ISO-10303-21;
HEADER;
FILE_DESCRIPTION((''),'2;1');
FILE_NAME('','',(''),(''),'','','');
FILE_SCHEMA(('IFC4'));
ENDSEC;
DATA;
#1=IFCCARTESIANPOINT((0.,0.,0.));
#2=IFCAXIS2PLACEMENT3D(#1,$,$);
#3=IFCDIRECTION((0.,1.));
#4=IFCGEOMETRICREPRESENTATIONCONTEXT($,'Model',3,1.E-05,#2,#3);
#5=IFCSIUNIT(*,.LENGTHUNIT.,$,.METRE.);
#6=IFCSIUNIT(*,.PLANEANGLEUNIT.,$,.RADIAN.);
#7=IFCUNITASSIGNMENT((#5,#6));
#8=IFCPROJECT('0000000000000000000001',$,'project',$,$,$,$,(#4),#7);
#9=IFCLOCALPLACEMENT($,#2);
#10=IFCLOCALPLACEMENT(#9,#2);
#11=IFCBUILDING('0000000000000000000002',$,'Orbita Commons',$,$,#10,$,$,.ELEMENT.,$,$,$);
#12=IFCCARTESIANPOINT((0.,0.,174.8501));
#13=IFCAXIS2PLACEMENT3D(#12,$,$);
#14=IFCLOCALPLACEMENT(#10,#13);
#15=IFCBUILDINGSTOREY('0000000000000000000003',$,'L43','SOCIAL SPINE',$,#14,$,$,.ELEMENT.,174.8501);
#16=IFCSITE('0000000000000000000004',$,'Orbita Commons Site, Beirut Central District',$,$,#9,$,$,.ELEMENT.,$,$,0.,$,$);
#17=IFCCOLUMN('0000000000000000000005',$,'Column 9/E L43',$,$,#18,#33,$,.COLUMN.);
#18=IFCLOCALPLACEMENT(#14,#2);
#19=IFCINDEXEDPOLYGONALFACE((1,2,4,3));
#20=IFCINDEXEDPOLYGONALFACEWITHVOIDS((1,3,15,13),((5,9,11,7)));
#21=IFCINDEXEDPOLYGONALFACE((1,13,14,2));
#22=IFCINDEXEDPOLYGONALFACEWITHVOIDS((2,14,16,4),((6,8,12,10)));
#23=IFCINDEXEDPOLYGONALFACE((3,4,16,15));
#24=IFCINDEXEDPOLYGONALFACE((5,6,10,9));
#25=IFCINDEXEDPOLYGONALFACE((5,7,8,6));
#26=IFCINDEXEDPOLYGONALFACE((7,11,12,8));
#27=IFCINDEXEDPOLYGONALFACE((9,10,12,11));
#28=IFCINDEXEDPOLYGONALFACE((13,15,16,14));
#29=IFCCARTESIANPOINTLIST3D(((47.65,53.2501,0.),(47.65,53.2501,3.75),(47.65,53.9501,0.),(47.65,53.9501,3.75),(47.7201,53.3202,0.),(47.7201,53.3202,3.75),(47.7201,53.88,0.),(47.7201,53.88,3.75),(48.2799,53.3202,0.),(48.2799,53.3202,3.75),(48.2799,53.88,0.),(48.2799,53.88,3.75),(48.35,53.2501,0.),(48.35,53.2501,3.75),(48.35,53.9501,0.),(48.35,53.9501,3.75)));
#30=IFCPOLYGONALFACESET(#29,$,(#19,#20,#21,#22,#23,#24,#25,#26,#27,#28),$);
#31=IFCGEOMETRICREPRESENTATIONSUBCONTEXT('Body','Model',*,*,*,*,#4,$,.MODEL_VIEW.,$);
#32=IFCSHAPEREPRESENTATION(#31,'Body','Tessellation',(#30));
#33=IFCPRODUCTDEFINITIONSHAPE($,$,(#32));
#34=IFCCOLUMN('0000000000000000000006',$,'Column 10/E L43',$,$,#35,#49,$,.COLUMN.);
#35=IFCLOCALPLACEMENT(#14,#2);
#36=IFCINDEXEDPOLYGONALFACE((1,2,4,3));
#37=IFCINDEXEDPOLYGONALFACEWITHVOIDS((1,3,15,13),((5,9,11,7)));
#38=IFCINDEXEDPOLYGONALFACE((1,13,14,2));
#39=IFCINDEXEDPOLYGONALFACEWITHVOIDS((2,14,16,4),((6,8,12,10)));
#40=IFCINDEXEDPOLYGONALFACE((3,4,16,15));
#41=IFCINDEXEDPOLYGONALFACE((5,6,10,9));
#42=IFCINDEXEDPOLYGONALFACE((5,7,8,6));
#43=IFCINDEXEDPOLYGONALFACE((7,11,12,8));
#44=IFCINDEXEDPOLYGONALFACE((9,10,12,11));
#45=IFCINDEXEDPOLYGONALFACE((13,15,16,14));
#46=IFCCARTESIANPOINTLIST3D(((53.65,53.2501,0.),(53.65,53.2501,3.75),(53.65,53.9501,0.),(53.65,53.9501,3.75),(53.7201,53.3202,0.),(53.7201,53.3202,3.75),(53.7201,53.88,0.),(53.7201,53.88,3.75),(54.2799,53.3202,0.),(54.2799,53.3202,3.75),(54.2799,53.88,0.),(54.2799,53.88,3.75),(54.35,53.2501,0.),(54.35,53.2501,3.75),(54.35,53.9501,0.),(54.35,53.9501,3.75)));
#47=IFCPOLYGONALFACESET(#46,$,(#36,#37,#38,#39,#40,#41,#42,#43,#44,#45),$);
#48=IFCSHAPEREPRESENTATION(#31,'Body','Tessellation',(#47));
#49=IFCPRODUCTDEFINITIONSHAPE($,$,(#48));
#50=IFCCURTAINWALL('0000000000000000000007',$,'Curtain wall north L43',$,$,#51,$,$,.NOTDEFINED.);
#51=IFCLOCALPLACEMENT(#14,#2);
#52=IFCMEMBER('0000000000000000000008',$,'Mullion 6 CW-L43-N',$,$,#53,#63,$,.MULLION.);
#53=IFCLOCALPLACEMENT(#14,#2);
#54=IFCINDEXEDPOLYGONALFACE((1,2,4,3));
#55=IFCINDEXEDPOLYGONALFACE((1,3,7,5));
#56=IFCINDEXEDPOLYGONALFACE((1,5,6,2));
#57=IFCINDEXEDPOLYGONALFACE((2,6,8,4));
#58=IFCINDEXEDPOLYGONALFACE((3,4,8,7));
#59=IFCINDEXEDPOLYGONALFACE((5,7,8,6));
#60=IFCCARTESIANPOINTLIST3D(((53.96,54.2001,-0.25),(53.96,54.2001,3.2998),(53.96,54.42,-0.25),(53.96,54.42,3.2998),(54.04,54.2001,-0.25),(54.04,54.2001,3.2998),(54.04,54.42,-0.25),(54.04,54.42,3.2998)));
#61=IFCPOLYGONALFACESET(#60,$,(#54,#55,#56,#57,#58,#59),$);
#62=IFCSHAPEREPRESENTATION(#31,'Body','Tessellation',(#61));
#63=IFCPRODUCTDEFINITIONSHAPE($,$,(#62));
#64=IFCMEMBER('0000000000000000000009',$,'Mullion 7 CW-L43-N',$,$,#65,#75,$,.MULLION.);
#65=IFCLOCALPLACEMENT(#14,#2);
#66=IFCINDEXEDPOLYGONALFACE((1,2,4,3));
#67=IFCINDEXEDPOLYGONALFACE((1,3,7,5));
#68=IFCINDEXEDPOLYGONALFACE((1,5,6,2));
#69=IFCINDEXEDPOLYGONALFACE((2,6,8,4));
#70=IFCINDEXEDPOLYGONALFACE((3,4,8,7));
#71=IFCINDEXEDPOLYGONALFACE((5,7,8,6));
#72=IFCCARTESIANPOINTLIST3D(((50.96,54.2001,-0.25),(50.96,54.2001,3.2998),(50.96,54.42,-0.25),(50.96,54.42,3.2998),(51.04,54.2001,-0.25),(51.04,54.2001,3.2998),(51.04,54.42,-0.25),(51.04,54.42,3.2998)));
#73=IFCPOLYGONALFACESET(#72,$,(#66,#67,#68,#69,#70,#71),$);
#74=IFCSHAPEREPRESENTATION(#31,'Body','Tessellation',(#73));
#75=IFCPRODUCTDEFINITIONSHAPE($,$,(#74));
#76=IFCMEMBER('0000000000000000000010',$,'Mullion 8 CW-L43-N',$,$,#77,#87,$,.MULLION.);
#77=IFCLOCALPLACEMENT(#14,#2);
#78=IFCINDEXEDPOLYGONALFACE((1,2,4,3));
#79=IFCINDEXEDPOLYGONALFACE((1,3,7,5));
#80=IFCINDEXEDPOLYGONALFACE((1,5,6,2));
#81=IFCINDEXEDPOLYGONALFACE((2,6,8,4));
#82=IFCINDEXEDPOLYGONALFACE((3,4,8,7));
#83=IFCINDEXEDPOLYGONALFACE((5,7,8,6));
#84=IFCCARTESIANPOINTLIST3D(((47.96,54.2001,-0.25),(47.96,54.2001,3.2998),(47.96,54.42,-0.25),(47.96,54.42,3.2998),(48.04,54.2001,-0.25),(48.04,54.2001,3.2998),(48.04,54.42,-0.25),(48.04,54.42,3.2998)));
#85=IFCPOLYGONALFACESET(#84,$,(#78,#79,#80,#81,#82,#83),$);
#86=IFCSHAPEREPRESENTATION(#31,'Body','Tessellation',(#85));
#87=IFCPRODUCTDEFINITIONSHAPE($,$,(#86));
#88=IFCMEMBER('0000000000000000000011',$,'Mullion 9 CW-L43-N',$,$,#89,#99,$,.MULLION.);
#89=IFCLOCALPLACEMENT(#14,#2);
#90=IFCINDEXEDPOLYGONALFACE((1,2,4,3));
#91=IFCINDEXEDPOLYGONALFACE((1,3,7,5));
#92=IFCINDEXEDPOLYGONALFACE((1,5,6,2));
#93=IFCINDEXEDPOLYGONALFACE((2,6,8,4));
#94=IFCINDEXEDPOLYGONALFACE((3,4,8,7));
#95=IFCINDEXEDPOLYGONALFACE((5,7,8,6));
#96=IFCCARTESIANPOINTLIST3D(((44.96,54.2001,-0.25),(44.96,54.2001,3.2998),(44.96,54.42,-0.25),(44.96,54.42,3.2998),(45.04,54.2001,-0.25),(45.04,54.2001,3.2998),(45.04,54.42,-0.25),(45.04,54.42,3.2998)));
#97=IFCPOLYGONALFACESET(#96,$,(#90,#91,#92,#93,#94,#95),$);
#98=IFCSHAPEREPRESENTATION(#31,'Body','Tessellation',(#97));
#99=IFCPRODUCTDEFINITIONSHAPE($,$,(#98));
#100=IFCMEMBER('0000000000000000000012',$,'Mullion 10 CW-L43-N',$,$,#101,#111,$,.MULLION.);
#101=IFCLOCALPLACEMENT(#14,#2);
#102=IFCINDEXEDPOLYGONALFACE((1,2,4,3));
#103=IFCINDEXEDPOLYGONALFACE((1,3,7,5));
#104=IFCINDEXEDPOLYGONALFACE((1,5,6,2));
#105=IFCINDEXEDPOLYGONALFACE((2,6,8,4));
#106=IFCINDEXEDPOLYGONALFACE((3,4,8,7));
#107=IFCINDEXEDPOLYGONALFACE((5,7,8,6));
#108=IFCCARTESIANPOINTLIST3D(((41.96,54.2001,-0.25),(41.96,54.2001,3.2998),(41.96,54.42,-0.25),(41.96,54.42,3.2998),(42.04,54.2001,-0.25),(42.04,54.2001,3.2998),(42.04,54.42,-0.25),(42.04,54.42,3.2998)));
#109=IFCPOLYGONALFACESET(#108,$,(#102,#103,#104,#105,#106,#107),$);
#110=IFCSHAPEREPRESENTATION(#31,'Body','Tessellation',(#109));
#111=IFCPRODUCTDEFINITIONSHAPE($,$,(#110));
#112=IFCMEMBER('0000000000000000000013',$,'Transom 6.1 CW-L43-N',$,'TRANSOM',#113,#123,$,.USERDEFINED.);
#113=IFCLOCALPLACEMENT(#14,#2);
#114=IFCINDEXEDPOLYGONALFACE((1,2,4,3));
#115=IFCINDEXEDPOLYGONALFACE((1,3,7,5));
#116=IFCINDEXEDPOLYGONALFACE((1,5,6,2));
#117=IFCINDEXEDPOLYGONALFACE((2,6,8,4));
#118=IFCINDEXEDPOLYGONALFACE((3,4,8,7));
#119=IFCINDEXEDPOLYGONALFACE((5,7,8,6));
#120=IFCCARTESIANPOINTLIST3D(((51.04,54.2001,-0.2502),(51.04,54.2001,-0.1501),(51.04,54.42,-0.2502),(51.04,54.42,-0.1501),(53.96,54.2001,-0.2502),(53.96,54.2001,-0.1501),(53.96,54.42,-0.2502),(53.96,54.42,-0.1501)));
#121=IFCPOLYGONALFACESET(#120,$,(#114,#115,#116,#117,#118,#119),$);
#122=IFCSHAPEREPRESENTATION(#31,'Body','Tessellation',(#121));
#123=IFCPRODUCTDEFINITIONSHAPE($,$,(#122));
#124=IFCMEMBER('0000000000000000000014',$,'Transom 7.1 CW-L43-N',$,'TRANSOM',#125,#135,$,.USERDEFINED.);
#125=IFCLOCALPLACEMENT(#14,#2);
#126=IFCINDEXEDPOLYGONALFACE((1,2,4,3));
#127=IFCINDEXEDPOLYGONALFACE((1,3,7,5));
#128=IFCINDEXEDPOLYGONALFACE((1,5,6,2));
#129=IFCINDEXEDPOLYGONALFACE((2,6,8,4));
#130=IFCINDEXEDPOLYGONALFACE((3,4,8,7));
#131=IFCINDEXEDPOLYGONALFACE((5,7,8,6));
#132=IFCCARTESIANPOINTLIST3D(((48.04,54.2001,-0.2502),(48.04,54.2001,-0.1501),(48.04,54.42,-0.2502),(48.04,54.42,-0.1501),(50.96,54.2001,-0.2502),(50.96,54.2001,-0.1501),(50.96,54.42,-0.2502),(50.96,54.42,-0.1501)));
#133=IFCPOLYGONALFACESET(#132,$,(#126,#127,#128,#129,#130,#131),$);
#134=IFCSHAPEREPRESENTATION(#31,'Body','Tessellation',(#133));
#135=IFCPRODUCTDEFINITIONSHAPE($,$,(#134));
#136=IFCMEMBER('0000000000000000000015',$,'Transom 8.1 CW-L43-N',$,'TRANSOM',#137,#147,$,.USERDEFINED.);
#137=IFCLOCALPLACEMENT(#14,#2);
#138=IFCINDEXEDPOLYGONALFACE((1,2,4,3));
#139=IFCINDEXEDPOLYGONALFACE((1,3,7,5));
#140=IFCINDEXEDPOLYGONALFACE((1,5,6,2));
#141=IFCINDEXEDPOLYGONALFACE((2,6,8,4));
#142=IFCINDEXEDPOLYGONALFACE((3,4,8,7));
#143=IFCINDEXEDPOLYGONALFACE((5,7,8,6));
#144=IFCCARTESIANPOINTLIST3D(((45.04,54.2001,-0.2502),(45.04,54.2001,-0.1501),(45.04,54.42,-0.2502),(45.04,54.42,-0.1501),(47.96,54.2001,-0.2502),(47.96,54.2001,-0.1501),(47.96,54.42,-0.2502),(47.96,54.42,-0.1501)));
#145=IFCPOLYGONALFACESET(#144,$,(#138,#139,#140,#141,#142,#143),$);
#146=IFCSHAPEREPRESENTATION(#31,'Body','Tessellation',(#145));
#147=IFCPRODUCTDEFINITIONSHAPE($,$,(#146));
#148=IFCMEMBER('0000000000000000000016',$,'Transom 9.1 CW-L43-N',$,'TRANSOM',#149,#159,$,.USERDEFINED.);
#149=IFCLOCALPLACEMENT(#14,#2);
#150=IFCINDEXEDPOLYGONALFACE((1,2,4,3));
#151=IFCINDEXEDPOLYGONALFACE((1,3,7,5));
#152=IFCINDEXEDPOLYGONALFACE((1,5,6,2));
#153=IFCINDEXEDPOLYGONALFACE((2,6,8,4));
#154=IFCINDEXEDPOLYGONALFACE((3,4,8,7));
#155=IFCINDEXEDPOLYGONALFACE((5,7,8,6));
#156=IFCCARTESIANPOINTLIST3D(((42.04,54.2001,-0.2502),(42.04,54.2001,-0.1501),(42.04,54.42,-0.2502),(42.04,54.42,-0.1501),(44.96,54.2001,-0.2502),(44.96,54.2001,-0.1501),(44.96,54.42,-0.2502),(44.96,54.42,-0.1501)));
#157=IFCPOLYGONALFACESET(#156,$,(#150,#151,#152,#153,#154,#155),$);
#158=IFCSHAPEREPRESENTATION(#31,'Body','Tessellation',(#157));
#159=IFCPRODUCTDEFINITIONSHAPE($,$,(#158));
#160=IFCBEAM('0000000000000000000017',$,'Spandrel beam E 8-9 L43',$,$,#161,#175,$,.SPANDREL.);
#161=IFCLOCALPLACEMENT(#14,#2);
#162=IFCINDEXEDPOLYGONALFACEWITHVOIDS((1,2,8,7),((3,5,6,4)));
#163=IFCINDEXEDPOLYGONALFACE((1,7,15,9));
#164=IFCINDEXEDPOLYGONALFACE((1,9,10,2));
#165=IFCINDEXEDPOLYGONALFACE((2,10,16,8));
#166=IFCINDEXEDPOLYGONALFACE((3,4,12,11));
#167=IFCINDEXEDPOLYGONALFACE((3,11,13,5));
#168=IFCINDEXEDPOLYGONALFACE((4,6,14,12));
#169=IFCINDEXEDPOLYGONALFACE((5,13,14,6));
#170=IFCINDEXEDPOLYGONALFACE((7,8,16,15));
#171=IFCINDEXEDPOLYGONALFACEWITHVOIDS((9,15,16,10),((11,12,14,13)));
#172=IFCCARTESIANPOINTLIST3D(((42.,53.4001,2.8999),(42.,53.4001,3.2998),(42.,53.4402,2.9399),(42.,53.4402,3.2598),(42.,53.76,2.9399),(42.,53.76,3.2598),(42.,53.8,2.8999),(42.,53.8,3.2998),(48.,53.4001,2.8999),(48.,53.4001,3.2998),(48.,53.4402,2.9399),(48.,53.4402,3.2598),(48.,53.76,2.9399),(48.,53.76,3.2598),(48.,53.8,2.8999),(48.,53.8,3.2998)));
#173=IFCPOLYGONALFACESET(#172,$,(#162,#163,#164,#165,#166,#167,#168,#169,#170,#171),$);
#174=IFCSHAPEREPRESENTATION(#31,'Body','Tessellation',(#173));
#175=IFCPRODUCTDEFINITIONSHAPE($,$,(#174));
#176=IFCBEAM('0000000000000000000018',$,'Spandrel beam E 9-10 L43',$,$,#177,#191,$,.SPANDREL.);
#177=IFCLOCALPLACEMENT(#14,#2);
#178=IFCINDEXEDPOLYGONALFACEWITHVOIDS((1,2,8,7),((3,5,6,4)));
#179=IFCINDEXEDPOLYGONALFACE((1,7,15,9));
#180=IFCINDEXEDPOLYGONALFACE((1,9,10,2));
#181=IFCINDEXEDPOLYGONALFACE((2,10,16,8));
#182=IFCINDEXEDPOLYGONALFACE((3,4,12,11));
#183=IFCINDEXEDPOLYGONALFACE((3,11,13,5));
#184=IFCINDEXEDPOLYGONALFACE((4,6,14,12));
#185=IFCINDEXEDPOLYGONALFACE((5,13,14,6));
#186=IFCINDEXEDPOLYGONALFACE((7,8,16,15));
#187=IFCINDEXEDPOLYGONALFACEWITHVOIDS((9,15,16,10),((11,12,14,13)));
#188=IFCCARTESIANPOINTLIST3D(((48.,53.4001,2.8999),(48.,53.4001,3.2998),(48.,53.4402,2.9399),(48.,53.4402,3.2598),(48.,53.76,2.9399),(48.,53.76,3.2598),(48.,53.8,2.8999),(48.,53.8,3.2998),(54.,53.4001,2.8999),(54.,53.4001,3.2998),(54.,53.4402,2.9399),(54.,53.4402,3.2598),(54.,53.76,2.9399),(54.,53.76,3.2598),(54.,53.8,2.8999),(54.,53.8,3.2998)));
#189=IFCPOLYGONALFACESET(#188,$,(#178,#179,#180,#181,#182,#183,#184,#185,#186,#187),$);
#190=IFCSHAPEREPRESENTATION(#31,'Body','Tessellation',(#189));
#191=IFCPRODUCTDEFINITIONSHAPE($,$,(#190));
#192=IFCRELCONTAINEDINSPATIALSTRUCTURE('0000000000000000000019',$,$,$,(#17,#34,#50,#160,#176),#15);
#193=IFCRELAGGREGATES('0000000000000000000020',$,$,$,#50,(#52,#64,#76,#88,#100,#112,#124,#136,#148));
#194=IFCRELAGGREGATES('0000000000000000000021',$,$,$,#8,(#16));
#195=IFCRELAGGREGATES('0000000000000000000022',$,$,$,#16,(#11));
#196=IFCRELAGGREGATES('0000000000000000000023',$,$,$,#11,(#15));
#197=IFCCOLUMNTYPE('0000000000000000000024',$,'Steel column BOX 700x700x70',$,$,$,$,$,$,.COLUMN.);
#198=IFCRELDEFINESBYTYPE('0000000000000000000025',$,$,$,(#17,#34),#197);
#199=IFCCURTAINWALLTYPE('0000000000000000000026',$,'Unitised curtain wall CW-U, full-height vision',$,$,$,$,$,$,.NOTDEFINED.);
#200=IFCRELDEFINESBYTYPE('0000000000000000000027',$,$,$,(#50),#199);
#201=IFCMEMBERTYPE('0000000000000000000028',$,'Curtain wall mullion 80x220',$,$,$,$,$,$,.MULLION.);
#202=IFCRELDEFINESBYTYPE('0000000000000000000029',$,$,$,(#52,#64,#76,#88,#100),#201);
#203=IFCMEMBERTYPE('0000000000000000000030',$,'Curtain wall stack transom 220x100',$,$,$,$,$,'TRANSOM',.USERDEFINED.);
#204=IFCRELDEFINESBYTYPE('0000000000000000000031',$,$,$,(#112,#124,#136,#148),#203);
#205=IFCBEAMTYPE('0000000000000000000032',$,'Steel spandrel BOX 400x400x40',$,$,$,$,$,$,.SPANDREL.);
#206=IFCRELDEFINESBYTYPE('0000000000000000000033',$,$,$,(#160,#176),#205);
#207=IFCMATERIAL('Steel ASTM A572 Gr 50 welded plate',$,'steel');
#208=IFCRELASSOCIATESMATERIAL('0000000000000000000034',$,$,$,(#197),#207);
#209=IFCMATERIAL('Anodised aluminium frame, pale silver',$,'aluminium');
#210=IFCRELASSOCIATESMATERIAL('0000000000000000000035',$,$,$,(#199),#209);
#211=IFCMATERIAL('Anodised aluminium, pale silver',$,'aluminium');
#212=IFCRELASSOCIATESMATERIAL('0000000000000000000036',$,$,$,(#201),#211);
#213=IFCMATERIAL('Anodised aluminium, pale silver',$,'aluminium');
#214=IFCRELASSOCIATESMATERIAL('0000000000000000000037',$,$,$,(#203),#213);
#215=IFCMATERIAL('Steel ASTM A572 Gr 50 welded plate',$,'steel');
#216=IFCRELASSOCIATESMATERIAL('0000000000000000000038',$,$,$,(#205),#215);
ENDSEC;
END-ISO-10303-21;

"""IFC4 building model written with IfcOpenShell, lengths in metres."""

from ifc_helpers import new_model, si_unit, direction, frame, origin, origin_2d, place, context, subcontext, project, spatial, rectangle, hollow_rectangle, extrude, material, material_profile, profile_set, type_object, element, aggregate, save


model = new_model("IFC4")

# Units and contexts
model_context = context("Model", 3, precision=1e-05, world=origin(), true_north=direction((0.0, 1.0)))
body_context = subcontext(model_context, "Body", "Model", "MODEL_VIEW")
ifc_project = project(units=[si_unit("LENGTHUNIT", "METRE"), si_unit("PLANEANGLEUNIT", "RADIAN")], contexts=[model_context])

# Site, building, storey
site_placement = place(None, origin())
site = spatial("IfcSite", under=ifc_project, at=site_placement, Name="Orbita Commons Site, Beirut Central District", CompositionType="ELEMENT", RefElevation=0.0)
building_placement = place(site_placement, origin())
building = spatial("IfcBuilding", under=site, at=building_placement, Name="Orbita Commons", CompositionType="ELEMENT")
storey_placement = place(building_placement, frame((0.0, 0.0, 174.8501)))
storey = spatial("IfcBuildingStorey", under=building, at=storey_placement, Name="L43", Description="SOCIAL SPINE", CompositionType="ELEMENT", Elevation=174.8501)

# Columns
ifc_material_1 = material(Name="Steel ASTM A572 Gr 50 welded plate", Category="steel")
ifc_material_profile_1 = material_profile(ifc_material_1, hollow_rectangle(XDim=0.7, YDim=0.7, WallThickness=0.0701, at=origin_2d()), Name="BOX 700x700x70")
ifc_profile_set_1 = profile_set([ifc_material_profile_1], Name="Steel ASTM A572 Gr 50 welded plate")
column_type = type_object("IfcColumnType", Name="Steel column BOX 700x700x70", PredefinedType="COLUMN", material=ifc_profile_set_1)
for number, where, z_axis, x_axis, name in (
    (1, (48.0, 53.6001, 0.0), (0.0, 0.0, 1.0), (1.0, 0.0, 0.0), "Column 9/E L43"),
    (2, (54.0, 53.6001, 0.0), (0.0, 0.0, 1.0), (1.0, 0.0, 0.0), "Column 10/E L43"),
):
    element("IfcColumn", number, at=place(storey_placement, frame(where, z_axis=z_axis, x_axis=x_axis)), inside=storey, type_object=column_type, Name=name, PredefinedType="COLUMN", context=body_context, shape_type="SweptSolid", body=[
        extrude(hollow_rectangle(XDim=0.7, YDim=0.7, WallThickness=0.0701, at=origin_2d()), origin(), (0.0, 0.0, 1.0), 3.75),
    ])

# Curtain wall, members
ifc_material_2 = material(Name="Anodised aluminium frame, pale silver", Category="aluminium")
curtain_wall_type = type_object("IfcCurtainWallType", Name="Unitised curtain wall CW-U, full-height vision", PredefinedType="NOTDEFINED", material=ifc_material_2)
curtain_wall_placement = place(storey_placement, origin())
curtain_wall = element("IfcCurtainWall", 3, at=curtain_wall_placement, inside=storey, type_object=curtain_wall_type, Name="Curtain wall north L43", PredefinedType="NOTDEFINED")
ifc_material_3 = material(Name="Anodised aluminium, pale silver", Category="aluminium")
ifc_material_profile_2 = material_profile(ifc_material_3, rectangle(XDim=0.0801, YDim=0.22, at=origin_2d()), Name="AL 80x220")
ifc_profile_set_2 = profile_set([ifc_material_profile_2], Name="Anodised aluminium, pale silver")
member_type_1 = type_object("IfcMemberType", Name="Curtain wall mullion 80x220", PredefinedType="MULLION", material=ifc_profile_set_2)
member_1_placement = place(storey_placement, frame((54.0, 54.3101, -0.25), z_axis=(0.0, 0.0, 1.0), x_axis=(-1.0, 0.0, 0.0)))
member_1 = element("IfcMember", 4, at=member_1_placement, type_object=member_type_1, Name="Mullion 6 CW-L43-N", PredefinedType="MULLION", context=body_context, shape_type="SweptSolid", body=[
    extrude(rectangle(XDim=0.0801, YDim=0.22, at=origin_2d()), origin(), (0.0, 0.0, 1.0), 3.5498),
])
member_2_placement = place(storey_placement, frame((51.0, 54.3101, -0.25), z_axis=(0.0, 0.0, 1.0), x_axis=(-1.0, 0.0, 0.0)))
member_2 = element("IfcMember", 5, at=member_2_placement, type_object=member_type_1, Name="Mullion 7 CW-L43-N", PredefinedType="MULLION", context=body_context, shape_type="SweptSolid", body=[
    extrude(rectangle(XDim=0.0801, YDim=0.22, at=origin_2d()), origin(), (0.0, 0.0, 1.0), 3.5498),
])
member_3_placement = place(storey_placement, frame((48.0, 54.3101, -0.25), z_axis=(0.0, 0.0, 1.0), x_axis=(-1.0, 0.0, 0.0)))
member_3 = element("IfcMember", 6, at=member_3_placement, type_object=member_type_1, Name="Mullion 8 CW-L43-N", PredefinedType="MULLION", context=body_context, shape_type="SweptSolid", body=[
    extrude(rectangle(XDim=0.0801, YDim=0.22, at=origin_2d()), origin(), (0.0, 0.0, 1.0), 3.5498),
])
member_4_placement = place(storey_placement, frame((45.0, 54.3101, -0.25), z_axis=(0.0, 0.0, 1.0), x_axis=(-1.0, 0.0, 0.0)))
member_4 = element("IfcMember", 7, at=member_4_placement, type_object=member_type_1, Name="Mullion 9 CW-L43-N", PredefinedType="MULLION", context=body_context, shape_type="SweptSolid", body=[
    extrude(rectangle(XDim=0.0801, YDim=0.22, at=origin_2d()), origin(), (0.0, 0.0, 1.0), 3.5498),
])
member_5_placement = place(storey_placement, frame((42.0, 54.3101, -0.25), z_axis=(0.0, 0.0, 1.0), x_axis=(-1.0, 0.0, 0.0)))
member_5 = element("IfcMember", 8, at=member_5_placement, type_object=member_type_1, Name="Mullion 10 CW-L43-N", PredefinedType="MULLION", context=body_context, shape_type="SweptSolid", body=[
    extrude(rectangle(XDim=0.0801, YDim=0.22, at=origin_2d()), origin(), (0.0, 0.0, 1.0), 3.5498),
])
ifc_material_4 = material(Name="Anodised aluminium, pale silver", Category="aluminium")
ifc_material_profile_3 = material_profile(ifc_material_4, rectangle(XDim=0.22, YDim=0.1001, at=origin_2d()), Name="AL 220x100")
ifc_profile_set_3 = profile_set([ifc_material_profile_3], Name="Anodised aluminium, pale silver")
member_type_2 = type_object("IfcMemberType", Name="Curtain wall stack transom 220x100", ElementType="TRANSOM", PredefinedType="USERDEFINED", material=ifc_profile_set_3)
member_6_placement = place(storey_placement, frame((53.96, 54.3101, -0.2002), z_axis=(-1.0, 0.0, 0.0), x_axis=(0.0, -1.0, 0.0)))
member_6 = element("IfcMember", 9, at=member_6_placement, type_object=member_type_2, Name="Transom 6.1 CW-L43-N", ObjectType="TRANSOM", PredefinedType="USERDEFINED", context=body_context, shape_type="SweptSolid", body=[
    extrude(rectangle(XDim=0.22, YDim=0.1001, at=origin_2d()), origin(), (0.0, 0.0, 1.0), 2.9199),
])
member_7_placement = place(storey_placement, frame((50.96, 54.3101, -0.2002), z_axis=(-1.0, 0.0, 0.0), x_axis=(0.0, -1.0, 0.0)))
member_7 = element("IfcMember", 10, at=member_7_placement, type_object=member_type_2, Name="Transom 7.1 CW-L43-N", ObjectType="TRANSOM", PredefinedType="USERDEFINED", context=body_context, shape_type="SweptSolid", body=[
    extrude(rectangle(XDim=0.22, YDim=0.1001, at=origin_2d()), origin(), (0.0, 0.0, 1.0), 2.9199),
])
member_8_placement = place(storey_placement, frame((47.96, 54.3101, -0.2002), z_axis=(-1.0, 0.0, 0.0), x_axis=(0.0, -1.0, 0.0)))
member_8 = element("IfcMember", 11, at=member_8_placement, type_object=member_type_2, Name="Transom 8.1 CW-L43-N", ObjectType="TRANSOM", PredefinedType="USERDEFINED", context=body_context, shape_type="SweptSolid", body=[
    extrude(rectangle(XDim=0.22, YDim=0.1001, at=origin_2d()), origin(), (0.0, 0.0, 1.0), 2.9199),
])
member_9_placement = place(storey_placement, frame((44.96, 54.3101, -0.2002), z_axis=(-1.0, 0.0, 0.0), x_axis=(0.0, -1.0, 0.0)))
member_9 = element("IfcMember", 12, at=member_9_placement, type_object=member_type_2, Name="Transom 9.1 CW-L43-N", ObjectType="TRANSOM", PredefinedType="USERDEFINED", context=body_context, shape_type="SweptSolid", body=[
    extrude(rectangle(XDim=0.22, YDim=0.1001, at=origin_2d()), origin(), (0.0, 0.0, 1.0), 2.9199),
])

# Beams
ifc_material_5 = material(Name="Steel ASTM A572 Gr 50 welded plate", Category="steel")
ifc_material_profile_4 = material_profile(ifc_material_5, hollow_rectangle(XDim=0.3999, YDim=0.3999, WallThickness=0.04, at=origin_2d()), Name="BOX 400x400x40")
ifc_profile_set_4 = profile_set([ifc_material_profile_4], Name="Steel ASTM A572 Gr 50 welded plate")
beam_type = type_object("IfcBeamType", Name="Steel spandrel BOX 400x400x40", PredefinedType="SPANDREL", material=ifc_profile_set_4)
for number, where, z_axis, x_axis, name in (
    (13, (42.0, 53.6001, 3.0999), (1.0, 0.0, 0.0), (0.0, 1.0, 0.0), "Spandrel beam E 8-9 L43"),
    (14, (48.0, 53.6001, 3.0999), (1.0, 0.0, 0.0), (0.0, 1.0, 0.0), "Spandrel beam E 9-10 L43"),
):
    element("IfcBeam", number, at=place(storey_placement, frame(where, z_axis=z_axis, x_axis=x_axis)), inside=storey, type_object=beam_type, Name=name, PredefinedType="SPANDREL", context=body_context, shape_type="SweptSolid", body=[
        extrude(hollow_rectangle(XDim=0.3999, YDim=0.3999, WallThickness=0.04, at=origin_2d()), origin(), (0.0, 0.0, 1.0), 6.0),
    ])

aggregate(curtain_wall, [member_1, member_2, member_3, member_4, member_5, member_6, member_7, member_8, member_9])

save(model, "model.ifc")
